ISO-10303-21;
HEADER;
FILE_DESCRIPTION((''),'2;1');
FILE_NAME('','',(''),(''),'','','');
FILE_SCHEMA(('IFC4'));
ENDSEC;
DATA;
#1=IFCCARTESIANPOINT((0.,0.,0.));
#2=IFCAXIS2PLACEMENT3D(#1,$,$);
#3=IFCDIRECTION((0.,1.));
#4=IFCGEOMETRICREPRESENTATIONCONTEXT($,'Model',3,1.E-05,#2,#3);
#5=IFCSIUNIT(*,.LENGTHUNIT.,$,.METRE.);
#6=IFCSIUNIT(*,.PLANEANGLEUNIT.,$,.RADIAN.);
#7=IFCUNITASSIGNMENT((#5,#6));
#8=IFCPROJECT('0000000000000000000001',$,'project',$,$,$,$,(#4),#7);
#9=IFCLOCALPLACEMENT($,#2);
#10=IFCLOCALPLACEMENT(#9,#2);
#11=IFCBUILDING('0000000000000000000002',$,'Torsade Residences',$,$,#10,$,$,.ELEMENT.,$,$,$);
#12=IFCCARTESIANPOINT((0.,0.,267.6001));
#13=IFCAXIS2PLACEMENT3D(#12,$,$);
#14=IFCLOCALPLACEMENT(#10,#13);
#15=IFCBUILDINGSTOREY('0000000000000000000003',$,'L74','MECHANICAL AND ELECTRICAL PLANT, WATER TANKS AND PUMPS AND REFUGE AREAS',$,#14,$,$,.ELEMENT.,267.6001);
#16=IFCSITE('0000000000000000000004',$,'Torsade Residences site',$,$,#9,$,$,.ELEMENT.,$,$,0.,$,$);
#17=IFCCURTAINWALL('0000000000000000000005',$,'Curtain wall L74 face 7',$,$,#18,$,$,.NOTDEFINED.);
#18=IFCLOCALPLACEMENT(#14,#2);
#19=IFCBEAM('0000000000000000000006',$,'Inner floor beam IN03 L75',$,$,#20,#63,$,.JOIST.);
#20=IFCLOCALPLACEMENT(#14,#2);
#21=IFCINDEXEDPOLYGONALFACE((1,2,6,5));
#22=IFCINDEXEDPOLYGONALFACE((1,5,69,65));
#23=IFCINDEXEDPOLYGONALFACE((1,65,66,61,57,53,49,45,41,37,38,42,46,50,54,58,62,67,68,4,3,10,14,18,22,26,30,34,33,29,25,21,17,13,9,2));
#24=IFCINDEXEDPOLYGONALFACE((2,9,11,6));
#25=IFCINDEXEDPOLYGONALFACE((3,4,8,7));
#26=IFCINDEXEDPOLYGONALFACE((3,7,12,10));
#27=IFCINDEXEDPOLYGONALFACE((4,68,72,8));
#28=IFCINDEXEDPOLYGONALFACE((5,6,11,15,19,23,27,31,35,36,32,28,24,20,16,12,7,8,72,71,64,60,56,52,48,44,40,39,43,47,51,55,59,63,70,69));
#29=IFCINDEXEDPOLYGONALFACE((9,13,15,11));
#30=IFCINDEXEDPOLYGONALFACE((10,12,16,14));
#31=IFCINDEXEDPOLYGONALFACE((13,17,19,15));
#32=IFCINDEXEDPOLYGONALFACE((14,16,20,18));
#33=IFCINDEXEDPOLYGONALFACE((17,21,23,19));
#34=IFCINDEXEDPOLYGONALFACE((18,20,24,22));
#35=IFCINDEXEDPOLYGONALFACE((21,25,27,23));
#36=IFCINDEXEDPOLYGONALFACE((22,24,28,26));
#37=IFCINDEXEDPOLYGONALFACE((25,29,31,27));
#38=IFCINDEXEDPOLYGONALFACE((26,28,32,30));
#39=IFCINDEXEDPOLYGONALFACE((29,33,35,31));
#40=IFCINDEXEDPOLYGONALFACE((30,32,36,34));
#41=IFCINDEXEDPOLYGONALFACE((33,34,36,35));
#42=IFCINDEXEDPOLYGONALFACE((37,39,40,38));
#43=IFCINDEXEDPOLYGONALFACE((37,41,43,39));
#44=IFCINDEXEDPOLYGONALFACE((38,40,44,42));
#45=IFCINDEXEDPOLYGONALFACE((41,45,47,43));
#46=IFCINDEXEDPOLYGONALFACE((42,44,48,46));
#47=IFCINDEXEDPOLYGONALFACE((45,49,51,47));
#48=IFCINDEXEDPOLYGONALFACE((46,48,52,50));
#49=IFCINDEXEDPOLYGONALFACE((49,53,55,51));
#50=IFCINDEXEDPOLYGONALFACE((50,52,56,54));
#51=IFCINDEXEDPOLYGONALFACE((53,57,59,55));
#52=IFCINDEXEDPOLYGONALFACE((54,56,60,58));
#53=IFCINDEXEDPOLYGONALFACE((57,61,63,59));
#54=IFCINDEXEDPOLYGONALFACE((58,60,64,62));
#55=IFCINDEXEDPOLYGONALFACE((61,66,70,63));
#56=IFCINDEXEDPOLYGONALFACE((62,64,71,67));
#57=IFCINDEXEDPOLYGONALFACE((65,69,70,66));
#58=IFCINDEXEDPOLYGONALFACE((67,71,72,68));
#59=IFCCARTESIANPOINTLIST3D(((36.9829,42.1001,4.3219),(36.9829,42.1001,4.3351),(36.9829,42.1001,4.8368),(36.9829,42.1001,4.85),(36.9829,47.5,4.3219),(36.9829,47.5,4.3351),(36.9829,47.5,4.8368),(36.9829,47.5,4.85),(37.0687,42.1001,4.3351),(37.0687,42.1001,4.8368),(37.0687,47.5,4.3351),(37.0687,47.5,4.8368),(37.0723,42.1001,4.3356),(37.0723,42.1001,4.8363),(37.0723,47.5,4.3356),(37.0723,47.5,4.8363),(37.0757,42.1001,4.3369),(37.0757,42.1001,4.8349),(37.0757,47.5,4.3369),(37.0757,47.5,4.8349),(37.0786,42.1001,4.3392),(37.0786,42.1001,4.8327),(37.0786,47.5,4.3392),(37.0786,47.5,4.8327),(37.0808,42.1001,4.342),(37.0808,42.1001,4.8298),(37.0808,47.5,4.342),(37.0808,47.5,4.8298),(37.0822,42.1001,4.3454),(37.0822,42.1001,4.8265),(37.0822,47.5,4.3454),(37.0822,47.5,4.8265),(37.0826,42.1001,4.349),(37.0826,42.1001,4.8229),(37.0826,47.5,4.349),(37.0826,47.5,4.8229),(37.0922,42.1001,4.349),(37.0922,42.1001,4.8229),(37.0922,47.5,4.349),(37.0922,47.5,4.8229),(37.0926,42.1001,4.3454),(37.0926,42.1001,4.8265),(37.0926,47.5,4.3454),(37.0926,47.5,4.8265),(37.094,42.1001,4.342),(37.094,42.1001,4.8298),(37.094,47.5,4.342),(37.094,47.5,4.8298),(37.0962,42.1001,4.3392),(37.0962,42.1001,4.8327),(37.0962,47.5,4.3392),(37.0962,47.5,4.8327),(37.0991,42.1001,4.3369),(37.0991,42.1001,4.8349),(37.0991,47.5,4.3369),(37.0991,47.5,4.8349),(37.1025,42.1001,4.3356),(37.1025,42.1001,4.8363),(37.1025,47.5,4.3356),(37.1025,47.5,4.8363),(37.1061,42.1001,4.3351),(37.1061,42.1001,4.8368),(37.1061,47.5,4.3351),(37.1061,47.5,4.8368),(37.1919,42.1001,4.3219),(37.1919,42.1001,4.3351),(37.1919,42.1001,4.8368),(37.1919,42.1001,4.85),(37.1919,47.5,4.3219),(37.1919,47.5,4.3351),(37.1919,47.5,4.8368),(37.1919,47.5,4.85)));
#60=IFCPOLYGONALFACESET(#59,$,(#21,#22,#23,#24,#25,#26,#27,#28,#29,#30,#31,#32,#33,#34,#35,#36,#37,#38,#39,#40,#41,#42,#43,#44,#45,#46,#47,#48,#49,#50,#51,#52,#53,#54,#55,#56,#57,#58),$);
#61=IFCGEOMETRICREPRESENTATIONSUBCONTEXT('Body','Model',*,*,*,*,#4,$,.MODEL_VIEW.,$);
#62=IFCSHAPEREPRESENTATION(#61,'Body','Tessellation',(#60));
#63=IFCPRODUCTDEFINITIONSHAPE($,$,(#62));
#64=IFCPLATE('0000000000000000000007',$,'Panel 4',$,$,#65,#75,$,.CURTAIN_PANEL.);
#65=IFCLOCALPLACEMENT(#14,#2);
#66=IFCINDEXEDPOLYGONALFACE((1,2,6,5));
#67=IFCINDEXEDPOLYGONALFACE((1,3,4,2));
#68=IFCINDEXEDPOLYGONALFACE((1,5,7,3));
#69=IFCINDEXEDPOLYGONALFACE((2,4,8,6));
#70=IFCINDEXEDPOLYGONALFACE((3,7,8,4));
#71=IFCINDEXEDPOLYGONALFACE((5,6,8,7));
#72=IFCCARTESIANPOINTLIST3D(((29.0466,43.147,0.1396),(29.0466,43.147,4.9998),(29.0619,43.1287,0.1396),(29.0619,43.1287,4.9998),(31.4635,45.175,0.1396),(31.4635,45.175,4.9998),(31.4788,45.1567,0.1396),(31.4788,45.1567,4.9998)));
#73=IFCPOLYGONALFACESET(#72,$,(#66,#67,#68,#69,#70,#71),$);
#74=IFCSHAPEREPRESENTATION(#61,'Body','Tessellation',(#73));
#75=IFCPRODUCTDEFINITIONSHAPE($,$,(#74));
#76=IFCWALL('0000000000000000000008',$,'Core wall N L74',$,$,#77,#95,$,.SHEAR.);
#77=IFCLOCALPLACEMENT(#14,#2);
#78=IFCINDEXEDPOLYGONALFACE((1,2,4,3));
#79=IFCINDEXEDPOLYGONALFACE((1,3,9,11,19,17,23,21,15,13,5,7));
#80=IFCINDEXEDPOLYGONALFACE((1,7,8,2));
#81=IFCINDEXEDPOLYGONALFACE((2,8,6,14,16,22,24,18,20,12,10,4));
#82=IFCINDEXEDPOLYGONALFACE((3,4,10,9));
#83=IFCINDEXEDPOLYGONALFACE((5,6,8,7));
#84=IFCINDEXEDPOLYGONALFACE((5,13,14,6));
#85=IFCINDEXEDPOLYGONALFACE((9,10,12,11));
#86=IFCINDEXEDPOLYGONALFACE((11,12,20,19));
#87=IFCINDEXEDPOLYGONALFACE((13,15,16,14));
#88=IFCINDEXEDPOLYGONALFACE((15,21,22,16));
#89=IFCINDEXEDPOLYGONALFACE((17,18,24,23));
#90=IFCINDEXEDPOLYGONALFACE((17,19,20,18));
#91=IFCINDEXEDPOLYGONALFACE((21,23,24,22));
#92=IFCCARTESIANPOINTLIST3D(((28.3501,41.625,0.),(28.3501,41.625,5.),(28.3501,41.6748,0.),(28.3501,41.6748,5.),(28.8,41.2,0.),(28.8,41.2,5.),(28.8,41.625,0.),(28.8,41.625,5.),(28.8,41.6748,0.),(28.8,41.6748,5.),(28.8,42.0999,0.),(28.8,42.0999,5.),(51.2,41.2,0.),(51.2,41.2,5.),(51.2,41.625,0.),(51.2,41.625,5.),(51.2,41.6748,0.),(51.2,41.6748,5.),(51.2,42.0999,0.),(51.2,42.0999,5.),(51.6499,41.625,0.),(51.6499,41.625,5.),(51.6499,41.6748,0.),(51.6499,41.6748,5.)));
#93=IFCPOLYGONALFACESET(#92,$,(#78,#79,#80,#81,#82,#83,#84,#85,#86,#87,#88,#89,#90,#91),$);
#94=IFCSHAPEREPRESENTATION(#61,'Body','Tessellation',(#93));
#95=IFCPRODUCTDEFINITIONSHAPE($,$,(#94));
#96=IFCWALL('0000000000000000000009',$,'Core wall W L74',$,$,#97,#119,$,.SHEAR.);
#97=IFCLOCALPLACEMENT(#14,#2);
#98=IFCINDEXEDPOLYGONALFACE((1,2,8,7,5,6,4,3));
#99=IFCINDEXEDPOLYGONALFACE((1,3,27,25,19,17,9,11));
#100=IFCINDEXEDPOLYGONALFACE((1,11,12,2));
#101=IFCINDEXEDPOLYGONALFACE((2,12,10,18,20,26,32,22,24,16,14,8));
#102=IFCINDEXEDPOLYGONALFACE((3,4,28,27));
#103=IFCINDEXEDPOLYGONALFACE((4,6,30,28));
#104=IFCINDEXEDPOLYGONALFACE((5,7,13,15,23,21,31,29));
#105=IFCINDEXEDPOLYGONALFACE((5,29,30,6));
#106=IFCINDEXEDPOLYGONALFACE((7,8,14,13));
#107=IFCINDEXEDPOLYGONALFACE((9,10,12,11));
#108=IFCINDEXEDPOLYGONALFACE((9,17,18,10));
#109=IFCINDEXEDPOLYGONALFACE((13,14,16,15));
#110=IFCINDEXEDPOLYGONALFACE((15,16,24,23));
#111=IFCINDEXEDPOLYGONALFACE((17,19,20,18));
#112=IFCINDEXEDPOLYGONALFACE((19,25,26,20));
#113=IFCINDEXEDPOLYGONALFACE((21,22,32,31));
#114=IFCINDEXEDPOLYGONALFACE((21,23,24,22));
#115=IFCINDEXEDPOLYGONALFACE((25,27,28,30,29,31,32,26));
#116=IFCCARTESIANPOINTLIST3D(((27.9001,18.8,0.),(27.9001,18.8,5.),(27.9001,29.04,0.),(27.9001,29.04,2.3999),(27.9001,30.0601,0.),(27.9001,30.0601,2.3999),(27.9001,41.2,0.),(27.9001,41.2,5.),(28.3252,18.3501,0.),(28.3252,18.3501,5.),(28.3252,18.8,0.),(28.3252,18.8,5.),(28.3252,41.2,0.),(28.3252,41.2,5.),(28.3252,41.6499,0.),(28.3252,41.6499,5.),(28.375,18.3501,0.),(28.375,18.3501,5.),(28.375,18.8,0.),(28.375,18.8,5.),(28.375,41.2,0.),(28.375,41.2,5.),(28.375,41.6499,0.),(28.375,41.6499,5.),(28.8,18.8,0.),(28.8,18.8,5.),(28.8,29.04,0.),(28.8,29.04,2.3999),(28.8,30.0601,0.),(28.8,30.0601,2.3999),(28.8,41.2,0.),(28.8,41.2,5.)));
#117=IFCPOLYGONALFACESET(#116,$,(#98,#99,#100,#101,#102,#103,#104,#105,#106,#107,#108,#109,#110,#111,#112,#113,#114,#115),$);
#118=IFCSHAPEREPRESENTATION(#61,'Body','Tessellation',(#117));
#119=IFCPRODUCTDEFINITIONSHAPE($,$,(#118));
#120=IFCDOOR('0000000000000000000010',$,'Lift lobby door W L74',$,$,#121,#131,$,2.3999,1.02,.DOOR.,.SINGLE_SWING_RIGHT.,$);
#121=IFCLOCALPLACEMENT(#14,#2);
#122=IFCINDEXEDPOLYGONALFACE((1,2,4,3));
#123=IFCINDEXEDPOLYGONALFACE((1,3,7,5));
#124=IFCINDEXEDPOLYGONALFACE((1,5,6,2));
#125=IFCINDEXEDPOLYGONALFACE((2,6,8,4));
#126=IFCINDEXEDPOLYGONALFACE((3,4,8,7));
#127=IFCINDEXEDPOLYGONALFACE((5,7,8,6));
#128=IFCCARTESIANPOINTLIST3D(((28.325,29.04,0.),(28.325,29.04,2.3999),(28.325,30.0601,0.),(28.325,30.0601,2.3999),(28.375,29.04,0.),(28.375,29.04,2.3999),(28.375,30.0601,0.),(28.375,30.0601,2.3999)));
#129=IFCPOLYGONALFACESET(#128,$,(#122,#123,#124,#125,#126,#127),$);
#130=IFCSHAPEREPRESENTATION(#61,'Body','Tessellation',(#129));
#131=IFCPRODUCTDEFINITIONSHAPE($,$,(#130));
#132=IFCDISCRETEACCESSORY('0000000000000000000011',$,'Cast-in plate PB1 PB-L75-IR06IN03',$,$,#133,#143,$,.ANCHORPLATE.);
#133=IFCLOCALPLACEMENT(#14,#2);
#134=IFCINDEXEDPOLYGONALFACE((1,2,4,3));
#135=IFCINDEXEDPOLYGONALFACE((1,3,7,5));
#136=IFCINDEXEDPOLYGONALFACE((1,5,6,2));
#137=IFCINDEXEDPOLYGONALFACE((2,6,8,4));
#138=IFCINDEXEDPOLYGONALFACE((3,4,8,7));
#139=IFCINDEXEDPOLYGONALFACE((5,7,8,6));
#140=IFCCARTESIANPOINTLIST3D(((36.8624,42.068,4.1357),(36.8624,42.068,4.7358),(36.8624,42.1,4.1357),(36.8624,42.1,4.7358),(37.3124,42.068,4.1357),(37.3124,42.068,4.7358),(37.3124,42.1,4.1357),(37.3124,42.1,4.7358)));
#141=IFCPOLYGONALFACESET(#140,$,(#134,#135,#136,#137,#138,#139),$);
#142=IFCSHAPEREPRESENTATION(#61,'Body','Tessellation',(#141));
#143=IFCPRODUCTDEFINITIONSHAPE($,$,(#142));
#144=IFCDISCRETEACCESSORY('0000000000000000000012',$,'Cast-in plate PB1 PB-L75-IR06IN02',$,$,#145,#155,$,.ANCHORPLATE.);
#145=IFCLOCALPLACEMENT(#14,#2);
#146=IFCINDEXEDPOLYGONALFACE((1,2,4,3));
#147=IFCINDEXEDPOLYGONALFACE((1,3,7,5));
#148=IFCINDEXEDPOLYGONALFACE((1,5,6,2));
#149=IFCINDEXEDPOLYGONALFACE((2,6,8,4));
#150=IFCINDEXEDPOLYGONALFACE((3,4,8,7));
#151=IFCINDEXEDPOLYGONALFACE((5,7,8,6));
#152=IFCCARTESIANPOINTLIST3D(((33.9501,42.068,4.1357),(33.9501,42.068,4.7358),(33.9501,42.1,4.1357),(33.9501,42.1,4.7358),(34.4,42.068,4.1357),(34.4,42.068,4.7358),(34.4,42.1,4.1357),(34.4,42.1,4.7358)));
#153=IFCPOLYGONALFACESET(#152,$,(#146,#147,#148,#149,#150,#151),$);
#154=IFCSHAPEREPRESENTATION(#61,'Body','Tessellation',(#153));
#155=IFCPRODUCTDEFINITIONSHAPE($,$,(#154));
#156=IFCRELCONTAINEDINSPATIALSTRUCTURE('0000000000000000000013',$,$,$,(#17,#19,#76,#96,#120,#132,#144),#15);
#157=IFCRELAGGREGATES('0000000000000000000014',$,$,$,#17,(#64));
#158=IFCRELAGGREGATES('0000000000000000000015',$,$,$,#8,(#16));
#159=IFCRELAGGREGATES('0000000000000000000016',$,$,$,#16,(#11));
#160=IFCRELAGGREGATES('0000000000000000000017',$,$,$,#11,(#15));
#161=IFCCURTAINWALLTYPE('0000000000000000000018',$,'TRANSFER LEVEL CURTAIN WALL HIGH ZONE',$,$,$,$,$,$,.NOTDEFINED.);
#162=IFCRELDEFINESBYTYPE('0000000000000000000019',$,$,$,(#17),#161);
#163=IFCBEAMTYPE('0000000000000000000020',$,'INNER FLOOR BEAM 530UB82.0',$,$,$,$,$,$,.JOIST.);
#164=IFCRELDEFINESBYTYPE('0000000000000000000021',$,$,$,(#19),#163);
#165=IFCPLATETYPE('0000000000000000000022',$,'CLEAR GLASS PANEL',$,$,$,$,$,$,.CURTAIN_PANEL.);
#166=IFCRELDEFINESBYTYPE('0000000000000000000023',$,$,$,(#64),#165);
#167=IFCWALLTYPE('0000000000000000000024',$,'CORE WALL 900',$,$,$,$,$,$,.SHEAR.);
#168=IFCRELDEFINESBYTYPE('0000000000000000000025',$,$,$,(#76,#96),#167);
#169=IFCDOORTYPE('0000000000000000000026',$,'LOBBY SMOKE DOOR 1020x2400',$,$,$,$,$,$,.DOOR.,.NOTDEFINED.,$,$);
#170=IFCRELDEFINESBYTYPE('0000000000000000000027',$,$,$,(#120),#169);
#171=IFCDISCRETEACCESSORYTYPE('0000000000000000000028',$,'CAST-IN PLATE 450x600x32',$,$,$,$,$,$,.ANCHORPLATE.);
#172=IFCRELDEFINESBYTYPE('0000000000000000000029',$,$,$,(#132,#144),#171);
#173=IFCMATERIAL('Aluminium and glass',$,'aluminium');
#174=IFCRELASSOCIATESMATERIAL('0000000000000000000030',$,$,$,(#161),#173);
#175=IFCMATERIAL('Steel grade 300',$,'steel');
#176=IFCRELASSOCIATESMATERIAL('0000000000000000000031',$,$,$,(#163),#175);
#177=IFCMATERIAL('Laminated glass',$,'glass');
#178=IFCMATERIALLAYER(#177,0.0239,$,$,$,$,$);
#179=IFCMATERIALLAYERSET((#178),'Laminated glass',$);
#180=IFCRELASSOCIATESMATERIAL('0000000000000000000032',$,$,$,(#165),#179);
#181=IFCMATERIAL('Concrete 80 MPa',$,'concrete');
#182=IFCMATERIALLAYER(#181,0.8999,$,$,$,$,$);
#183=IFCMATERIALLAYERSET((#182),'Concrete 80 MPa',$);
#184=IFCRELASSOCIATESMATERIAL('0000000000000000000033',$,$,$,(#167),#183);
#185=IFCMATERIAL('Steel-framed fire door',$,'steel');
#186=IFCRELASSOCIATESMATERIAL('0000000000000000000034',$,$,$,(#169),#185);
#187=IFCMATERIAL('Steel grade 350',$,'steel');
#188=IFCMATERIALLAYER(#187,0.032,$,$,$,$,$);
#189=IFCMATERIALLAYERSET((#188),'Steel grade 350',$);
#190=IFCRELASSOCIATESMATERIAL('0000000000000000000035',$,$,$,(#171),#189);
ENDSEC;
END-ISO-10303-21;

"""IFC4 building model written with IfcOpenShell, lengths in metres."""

from ifc_helpers import new_model, si_unit, direction, frame, frame_2d, origin, origin_2d, place, context, subcontext, project, spatial, polyline, rectangle, i_section, outline, extrude, material, layer, layer_set, material_profile, profile_set, type_object, element, fill, aggregate, save


model = new_model("IFC4")

# Units and contexts
model_context = context("Model", 3, precision=1e-05, world=origin(), true_north=direction((0.0, 1.0)))
body_context = subcontext(model_context, "Body", "Model", "MODEL_VIEW")
ifc_project = project(units=[si_unit("LENGTHUNIT", "METRE"), si_unit("PLANEANGLEUNIT", "RADIAN")], contexts=[model_context])

# Site, building, storey
site_placement = place(None, origin())
site = spatial("IfcSite", under=ifc_project, at=site_placement, Name="Torsade Residences site", CompositionType="ELEMENT", RefElevation=0.0)
building_placement = place(site_placement, origin())
building = spatial("IfcBuilding", under=site, at=building_placement, Name="Torsade Residences", CompositionType="ELEMENT")
storey_placement = place(building_placement, frame((0.0, 0.0, 267.6001)))
storey = spatial("IfcBuildingStorey", under=building, at=storey_placement, Name="L74", Description="MECHANICAL AND ELECTRICAL PLANT, WATER TANKS AND PUMPS AND REFUGE AREAS", CompositionType="ELEMENT", Elevation=267.6001)

# Curtain wall
ifc_material_1 = material(Name="Aluminium and glass", Category="aluminium")
curtain_wall_type = type_object("IfcCurtainWallType", Name="TRANSFER LEVEL CURTAIN WALL HIGH ZONE", PredefinedType="NOTDEFINED", material=ifc_material_1)
curtain_wall_placement = place(storey_placement, origin())
curtain_wall = element("IfcCurtainWall", 1, at=curtain_wall_placement, inside=storey, type_object=curtain_wall_type, Name="Curtain wall L74 face 7", PredefinedType="NOTDEFINED")

# Beam
ifc_material_2 = material(Name="Steel grade 300", Category="steel")
ifc_material_profile_1 = material_profile(ifc_material_2, i_section(OverallWidth=0.209, OverallDepth=0.5281, WebThickness=0.0095, FlangeThickness=0.0132, FilletRadius=0.0139, at=origin_2d()), Name="530UB82.0")
ifc_profile_set_1 = profile_set([ifc_material_profile_1], Name="Steel grade 300")
beam_type = type_object("IfcBeamType", Name="INNER FLOOR BEAM 530UB82.0", PredefinedType="JOIST", material=ifc_profile_set_1)
beam_1_placement = place(storey_placement, frame((37.0874, 42.1001, 4.5859), z_axis=(0.0, 1.0, 0.0), x_axis=(-1.0, 0.0, 0.0)))
element("IfcBeam", 2, at=beam_1_placement, inside=storey, type_object=beam_type, Name="Inner floor beam IN03 L75", PredefinedType="JOIST", context=body_context, shape_type="SweptSolid", body=[
    extrude(i_section(OverallWidth=0.209, OverallDepth=0.5281, WebThickness=0.0095, FlangeThickness=0.0132, FilletRadius=0.0139, at=origin_2d()), origin(), (0.0, 0.0, 1.0), 5.3999),
])

# Plate
ifc_material_3 = material(Name="Laminated glass", Category="glass")
ifc_layer_1 = layer(ifc_material_3, 0.0239)
ifc_layer_set_1 = layer_set([ifc_layer_1], Name="Laminated glass")
plate_type = type_object("IfcPlateType", Name="CLEAR GLASS PANEL", PredefinedType="CURTAIN_PANEL", material=ifc_layer_set_1)
plate_placement = place(storey_placement, frame((30.2627, 44.1519, 0.1396), z_axis=(0.0, 0.0, 1.0), x_axis=(-0.766044, -0.642788, 0.0)))
plate = element("IfcPlate", 3, at=plate_placement, type_object=plate_type, Name="Panel 4", PredefinedType="CURTAIN_PANEL", context=body_context, shape_type="SweptSolid", body=[
    extrude(rectangle(XDim=3.155, YDim=0.0239, at=origin_2d()), origin(), (0.0, 0.0, 1.0), 4.8601),
])
aggregate(curtain_wall, [plate])

# Wall
ifc_material_4 = material(Name="Concrete 80 MPa", Category="concrete")
ifc_layer_2 = layer(ifc_material_4, 0.8999)
ifc_layer_set_2 = layer_set([ifc_layer_2], Name="Concrete 80 MPa")
wall_type = type_object("IfcWallType", Name="CORE WALL 900", PredefinedType="SHEAR", material=ifc_layer_set_2)
wall_1_placement = place(storey_placement, frame((28.8, 41.6499, 0.0), z_axis=(0.0, 0.0, 1.0), x_axis=(1.0, 0.0, 0.0)))
element("IfcWall", 4, at=wall_1_placement, inside=storey, type_object=wall_type, Name="Core wall N L74", PredefinedType="SHEAR", context=body_context, shape_type="SweptSolid", body=[
    extrude(outline(polyline([(0.0, -0.45), (22.3999, -0.45), (22.3999, -0.0249), (22.8499, -0.0249), (22.8499, 0.0249), (22.3999, 0.0249), (22.3999, 0.45), (0.0, 0.45), (0.0, 0.0249), (-0.45, 0.0249), (-0.45, -0.0249), (0.0, -0.0249), (0.0, -0.45)])), origin(), (0.0, 0.0, 1.0), 5.0),
])

# Wall, opening, door
wall_2_placement = place(storey_placement, frame((28.3501, 41.2, 0.0), z_axis=(0.0, 0.0, 1.0), x_axis=(0.0, -1.0, 0.0)))
wall_2 = element("IfcWall", 5, at=wall_2_placement, inside=storey, type_object=wall_type, Name="Core wall W L74", PredefinedType="SHEAR", context=body_context, shape_type="SweptSolid", body=[
    extrude(outline(polyline([(0.0, -0.45), (22.3999, -0.45), (22.3999, -0.0249), (22.8499, -0.0249), (22.8499, 0.0249), (22.3999, 0.0249), (22.3999, 0.45), (0.0, 0.45), (0.0, 0.0249), (-0.45, 0.0249), (-0.45, -0.0249), (0.0, -0.0249), (0.0, -0.45)])), origin(), (0.0, 0.0, 1.0), 5.0),
])
opening_placement = place(wall_2_placement, frame((11.1399, 0.0, 0.0)))
opening = element("IfcOpeningElement", 6, at=opening_placement, cuts=wall_2, PredefinedType="OPENING", context=body_context, shape_type="SweptSolid", body=[
    extrude(rectangle(XDim=1.02, YDim=2.3999, at=frame_2d((0.51, 1.2))), frame((0.0, 0.46, 0.0), z_axis=(0.0, -1.0, 0.0), x_axis=(1.0, 0.0, 0.0)), (0.0, 0.0, 1.0), 0.9199),
])
ifc_material_5 = material(Name="Steel-framed fire door", Category="steel")
door_type = type_object("IfcDoorType", Name="LOBBY SMOKE DOOR 1020x2400", OperationType="NOTDEFINED", PredefinedType="DOOR", material=ifc_material_5)
door_placement = place(opening_placement, origin())
door = element("IfcDoor", 7, at=door_placement, inside=storey, type_object=door_type, Name="Lift lobby door W L74", OperationType="SINGLE_SWING_RIGHT", OverallHeight=2.3999, OverallWidth=1.02, PredefinedType="DOOR", context=body_context, shape_type="SweptSolid", body=[
    extrude(rectangle(XDim=1.02, YDim=2.3999, at=frame_2d((0.51, 1.2))), frame((0.0, 0.0249, 0.0), z_axis=(0.0, -1.0, 0.0), x_axis=(1.0, 0.0, 0.0)), (0.0, 0.0, 1.0), 0.05),
])
fill(opening, door)

# Discrete accessories
ifc_material_6 = material(Name="Steel grade 350", Category="steel")
ifc_layer_3 = layer(ifc_material_6, 0.032)
ifc_layer_set_3 = layer_set([ifc_layer_3], Name="Steel grade 350")
discrete_accessory_type = type_object("IfcDiscreteAccessoryType", Name="CAST-IN PLATE 450x600x32", PredefinedType="ANCHORPLATE", material=ifc_layer_set_3)
for number, where, z_axis, x_axis, name in (
    (8, (37.0874, 42.084, 4.1357), (0.0, 0.0, 1.0), (1.0, 0.0, 0.0), "Cast-in plate PB1 PB-L75-IR06IN03"),
    (9, (34.175, 42.084, 4.1357), (0.0, 0.0, 1.0), (1.0, 0.0, 0.0), "Cast-in plate PB1 PB-L75-IR06IN02"),
):
    element("IfcDiscreteAccessory", number, at=place(storey_placement, frame(where, z_axis=z_axis, x_axis=x_axis)), inside=storey, type_object=discrete_accessory_type, Name=name, PredefinedType="ANCHORPLATE", context=body_context, shape_type="SweptSolid", body=[
        extrude(rectangle(XDim=0.45, YDim=0.032, at=origin_2d()), origin(), (0.0, 0.0, 1.0), 0.6001),
    ])

save(model, "model.ifc")
